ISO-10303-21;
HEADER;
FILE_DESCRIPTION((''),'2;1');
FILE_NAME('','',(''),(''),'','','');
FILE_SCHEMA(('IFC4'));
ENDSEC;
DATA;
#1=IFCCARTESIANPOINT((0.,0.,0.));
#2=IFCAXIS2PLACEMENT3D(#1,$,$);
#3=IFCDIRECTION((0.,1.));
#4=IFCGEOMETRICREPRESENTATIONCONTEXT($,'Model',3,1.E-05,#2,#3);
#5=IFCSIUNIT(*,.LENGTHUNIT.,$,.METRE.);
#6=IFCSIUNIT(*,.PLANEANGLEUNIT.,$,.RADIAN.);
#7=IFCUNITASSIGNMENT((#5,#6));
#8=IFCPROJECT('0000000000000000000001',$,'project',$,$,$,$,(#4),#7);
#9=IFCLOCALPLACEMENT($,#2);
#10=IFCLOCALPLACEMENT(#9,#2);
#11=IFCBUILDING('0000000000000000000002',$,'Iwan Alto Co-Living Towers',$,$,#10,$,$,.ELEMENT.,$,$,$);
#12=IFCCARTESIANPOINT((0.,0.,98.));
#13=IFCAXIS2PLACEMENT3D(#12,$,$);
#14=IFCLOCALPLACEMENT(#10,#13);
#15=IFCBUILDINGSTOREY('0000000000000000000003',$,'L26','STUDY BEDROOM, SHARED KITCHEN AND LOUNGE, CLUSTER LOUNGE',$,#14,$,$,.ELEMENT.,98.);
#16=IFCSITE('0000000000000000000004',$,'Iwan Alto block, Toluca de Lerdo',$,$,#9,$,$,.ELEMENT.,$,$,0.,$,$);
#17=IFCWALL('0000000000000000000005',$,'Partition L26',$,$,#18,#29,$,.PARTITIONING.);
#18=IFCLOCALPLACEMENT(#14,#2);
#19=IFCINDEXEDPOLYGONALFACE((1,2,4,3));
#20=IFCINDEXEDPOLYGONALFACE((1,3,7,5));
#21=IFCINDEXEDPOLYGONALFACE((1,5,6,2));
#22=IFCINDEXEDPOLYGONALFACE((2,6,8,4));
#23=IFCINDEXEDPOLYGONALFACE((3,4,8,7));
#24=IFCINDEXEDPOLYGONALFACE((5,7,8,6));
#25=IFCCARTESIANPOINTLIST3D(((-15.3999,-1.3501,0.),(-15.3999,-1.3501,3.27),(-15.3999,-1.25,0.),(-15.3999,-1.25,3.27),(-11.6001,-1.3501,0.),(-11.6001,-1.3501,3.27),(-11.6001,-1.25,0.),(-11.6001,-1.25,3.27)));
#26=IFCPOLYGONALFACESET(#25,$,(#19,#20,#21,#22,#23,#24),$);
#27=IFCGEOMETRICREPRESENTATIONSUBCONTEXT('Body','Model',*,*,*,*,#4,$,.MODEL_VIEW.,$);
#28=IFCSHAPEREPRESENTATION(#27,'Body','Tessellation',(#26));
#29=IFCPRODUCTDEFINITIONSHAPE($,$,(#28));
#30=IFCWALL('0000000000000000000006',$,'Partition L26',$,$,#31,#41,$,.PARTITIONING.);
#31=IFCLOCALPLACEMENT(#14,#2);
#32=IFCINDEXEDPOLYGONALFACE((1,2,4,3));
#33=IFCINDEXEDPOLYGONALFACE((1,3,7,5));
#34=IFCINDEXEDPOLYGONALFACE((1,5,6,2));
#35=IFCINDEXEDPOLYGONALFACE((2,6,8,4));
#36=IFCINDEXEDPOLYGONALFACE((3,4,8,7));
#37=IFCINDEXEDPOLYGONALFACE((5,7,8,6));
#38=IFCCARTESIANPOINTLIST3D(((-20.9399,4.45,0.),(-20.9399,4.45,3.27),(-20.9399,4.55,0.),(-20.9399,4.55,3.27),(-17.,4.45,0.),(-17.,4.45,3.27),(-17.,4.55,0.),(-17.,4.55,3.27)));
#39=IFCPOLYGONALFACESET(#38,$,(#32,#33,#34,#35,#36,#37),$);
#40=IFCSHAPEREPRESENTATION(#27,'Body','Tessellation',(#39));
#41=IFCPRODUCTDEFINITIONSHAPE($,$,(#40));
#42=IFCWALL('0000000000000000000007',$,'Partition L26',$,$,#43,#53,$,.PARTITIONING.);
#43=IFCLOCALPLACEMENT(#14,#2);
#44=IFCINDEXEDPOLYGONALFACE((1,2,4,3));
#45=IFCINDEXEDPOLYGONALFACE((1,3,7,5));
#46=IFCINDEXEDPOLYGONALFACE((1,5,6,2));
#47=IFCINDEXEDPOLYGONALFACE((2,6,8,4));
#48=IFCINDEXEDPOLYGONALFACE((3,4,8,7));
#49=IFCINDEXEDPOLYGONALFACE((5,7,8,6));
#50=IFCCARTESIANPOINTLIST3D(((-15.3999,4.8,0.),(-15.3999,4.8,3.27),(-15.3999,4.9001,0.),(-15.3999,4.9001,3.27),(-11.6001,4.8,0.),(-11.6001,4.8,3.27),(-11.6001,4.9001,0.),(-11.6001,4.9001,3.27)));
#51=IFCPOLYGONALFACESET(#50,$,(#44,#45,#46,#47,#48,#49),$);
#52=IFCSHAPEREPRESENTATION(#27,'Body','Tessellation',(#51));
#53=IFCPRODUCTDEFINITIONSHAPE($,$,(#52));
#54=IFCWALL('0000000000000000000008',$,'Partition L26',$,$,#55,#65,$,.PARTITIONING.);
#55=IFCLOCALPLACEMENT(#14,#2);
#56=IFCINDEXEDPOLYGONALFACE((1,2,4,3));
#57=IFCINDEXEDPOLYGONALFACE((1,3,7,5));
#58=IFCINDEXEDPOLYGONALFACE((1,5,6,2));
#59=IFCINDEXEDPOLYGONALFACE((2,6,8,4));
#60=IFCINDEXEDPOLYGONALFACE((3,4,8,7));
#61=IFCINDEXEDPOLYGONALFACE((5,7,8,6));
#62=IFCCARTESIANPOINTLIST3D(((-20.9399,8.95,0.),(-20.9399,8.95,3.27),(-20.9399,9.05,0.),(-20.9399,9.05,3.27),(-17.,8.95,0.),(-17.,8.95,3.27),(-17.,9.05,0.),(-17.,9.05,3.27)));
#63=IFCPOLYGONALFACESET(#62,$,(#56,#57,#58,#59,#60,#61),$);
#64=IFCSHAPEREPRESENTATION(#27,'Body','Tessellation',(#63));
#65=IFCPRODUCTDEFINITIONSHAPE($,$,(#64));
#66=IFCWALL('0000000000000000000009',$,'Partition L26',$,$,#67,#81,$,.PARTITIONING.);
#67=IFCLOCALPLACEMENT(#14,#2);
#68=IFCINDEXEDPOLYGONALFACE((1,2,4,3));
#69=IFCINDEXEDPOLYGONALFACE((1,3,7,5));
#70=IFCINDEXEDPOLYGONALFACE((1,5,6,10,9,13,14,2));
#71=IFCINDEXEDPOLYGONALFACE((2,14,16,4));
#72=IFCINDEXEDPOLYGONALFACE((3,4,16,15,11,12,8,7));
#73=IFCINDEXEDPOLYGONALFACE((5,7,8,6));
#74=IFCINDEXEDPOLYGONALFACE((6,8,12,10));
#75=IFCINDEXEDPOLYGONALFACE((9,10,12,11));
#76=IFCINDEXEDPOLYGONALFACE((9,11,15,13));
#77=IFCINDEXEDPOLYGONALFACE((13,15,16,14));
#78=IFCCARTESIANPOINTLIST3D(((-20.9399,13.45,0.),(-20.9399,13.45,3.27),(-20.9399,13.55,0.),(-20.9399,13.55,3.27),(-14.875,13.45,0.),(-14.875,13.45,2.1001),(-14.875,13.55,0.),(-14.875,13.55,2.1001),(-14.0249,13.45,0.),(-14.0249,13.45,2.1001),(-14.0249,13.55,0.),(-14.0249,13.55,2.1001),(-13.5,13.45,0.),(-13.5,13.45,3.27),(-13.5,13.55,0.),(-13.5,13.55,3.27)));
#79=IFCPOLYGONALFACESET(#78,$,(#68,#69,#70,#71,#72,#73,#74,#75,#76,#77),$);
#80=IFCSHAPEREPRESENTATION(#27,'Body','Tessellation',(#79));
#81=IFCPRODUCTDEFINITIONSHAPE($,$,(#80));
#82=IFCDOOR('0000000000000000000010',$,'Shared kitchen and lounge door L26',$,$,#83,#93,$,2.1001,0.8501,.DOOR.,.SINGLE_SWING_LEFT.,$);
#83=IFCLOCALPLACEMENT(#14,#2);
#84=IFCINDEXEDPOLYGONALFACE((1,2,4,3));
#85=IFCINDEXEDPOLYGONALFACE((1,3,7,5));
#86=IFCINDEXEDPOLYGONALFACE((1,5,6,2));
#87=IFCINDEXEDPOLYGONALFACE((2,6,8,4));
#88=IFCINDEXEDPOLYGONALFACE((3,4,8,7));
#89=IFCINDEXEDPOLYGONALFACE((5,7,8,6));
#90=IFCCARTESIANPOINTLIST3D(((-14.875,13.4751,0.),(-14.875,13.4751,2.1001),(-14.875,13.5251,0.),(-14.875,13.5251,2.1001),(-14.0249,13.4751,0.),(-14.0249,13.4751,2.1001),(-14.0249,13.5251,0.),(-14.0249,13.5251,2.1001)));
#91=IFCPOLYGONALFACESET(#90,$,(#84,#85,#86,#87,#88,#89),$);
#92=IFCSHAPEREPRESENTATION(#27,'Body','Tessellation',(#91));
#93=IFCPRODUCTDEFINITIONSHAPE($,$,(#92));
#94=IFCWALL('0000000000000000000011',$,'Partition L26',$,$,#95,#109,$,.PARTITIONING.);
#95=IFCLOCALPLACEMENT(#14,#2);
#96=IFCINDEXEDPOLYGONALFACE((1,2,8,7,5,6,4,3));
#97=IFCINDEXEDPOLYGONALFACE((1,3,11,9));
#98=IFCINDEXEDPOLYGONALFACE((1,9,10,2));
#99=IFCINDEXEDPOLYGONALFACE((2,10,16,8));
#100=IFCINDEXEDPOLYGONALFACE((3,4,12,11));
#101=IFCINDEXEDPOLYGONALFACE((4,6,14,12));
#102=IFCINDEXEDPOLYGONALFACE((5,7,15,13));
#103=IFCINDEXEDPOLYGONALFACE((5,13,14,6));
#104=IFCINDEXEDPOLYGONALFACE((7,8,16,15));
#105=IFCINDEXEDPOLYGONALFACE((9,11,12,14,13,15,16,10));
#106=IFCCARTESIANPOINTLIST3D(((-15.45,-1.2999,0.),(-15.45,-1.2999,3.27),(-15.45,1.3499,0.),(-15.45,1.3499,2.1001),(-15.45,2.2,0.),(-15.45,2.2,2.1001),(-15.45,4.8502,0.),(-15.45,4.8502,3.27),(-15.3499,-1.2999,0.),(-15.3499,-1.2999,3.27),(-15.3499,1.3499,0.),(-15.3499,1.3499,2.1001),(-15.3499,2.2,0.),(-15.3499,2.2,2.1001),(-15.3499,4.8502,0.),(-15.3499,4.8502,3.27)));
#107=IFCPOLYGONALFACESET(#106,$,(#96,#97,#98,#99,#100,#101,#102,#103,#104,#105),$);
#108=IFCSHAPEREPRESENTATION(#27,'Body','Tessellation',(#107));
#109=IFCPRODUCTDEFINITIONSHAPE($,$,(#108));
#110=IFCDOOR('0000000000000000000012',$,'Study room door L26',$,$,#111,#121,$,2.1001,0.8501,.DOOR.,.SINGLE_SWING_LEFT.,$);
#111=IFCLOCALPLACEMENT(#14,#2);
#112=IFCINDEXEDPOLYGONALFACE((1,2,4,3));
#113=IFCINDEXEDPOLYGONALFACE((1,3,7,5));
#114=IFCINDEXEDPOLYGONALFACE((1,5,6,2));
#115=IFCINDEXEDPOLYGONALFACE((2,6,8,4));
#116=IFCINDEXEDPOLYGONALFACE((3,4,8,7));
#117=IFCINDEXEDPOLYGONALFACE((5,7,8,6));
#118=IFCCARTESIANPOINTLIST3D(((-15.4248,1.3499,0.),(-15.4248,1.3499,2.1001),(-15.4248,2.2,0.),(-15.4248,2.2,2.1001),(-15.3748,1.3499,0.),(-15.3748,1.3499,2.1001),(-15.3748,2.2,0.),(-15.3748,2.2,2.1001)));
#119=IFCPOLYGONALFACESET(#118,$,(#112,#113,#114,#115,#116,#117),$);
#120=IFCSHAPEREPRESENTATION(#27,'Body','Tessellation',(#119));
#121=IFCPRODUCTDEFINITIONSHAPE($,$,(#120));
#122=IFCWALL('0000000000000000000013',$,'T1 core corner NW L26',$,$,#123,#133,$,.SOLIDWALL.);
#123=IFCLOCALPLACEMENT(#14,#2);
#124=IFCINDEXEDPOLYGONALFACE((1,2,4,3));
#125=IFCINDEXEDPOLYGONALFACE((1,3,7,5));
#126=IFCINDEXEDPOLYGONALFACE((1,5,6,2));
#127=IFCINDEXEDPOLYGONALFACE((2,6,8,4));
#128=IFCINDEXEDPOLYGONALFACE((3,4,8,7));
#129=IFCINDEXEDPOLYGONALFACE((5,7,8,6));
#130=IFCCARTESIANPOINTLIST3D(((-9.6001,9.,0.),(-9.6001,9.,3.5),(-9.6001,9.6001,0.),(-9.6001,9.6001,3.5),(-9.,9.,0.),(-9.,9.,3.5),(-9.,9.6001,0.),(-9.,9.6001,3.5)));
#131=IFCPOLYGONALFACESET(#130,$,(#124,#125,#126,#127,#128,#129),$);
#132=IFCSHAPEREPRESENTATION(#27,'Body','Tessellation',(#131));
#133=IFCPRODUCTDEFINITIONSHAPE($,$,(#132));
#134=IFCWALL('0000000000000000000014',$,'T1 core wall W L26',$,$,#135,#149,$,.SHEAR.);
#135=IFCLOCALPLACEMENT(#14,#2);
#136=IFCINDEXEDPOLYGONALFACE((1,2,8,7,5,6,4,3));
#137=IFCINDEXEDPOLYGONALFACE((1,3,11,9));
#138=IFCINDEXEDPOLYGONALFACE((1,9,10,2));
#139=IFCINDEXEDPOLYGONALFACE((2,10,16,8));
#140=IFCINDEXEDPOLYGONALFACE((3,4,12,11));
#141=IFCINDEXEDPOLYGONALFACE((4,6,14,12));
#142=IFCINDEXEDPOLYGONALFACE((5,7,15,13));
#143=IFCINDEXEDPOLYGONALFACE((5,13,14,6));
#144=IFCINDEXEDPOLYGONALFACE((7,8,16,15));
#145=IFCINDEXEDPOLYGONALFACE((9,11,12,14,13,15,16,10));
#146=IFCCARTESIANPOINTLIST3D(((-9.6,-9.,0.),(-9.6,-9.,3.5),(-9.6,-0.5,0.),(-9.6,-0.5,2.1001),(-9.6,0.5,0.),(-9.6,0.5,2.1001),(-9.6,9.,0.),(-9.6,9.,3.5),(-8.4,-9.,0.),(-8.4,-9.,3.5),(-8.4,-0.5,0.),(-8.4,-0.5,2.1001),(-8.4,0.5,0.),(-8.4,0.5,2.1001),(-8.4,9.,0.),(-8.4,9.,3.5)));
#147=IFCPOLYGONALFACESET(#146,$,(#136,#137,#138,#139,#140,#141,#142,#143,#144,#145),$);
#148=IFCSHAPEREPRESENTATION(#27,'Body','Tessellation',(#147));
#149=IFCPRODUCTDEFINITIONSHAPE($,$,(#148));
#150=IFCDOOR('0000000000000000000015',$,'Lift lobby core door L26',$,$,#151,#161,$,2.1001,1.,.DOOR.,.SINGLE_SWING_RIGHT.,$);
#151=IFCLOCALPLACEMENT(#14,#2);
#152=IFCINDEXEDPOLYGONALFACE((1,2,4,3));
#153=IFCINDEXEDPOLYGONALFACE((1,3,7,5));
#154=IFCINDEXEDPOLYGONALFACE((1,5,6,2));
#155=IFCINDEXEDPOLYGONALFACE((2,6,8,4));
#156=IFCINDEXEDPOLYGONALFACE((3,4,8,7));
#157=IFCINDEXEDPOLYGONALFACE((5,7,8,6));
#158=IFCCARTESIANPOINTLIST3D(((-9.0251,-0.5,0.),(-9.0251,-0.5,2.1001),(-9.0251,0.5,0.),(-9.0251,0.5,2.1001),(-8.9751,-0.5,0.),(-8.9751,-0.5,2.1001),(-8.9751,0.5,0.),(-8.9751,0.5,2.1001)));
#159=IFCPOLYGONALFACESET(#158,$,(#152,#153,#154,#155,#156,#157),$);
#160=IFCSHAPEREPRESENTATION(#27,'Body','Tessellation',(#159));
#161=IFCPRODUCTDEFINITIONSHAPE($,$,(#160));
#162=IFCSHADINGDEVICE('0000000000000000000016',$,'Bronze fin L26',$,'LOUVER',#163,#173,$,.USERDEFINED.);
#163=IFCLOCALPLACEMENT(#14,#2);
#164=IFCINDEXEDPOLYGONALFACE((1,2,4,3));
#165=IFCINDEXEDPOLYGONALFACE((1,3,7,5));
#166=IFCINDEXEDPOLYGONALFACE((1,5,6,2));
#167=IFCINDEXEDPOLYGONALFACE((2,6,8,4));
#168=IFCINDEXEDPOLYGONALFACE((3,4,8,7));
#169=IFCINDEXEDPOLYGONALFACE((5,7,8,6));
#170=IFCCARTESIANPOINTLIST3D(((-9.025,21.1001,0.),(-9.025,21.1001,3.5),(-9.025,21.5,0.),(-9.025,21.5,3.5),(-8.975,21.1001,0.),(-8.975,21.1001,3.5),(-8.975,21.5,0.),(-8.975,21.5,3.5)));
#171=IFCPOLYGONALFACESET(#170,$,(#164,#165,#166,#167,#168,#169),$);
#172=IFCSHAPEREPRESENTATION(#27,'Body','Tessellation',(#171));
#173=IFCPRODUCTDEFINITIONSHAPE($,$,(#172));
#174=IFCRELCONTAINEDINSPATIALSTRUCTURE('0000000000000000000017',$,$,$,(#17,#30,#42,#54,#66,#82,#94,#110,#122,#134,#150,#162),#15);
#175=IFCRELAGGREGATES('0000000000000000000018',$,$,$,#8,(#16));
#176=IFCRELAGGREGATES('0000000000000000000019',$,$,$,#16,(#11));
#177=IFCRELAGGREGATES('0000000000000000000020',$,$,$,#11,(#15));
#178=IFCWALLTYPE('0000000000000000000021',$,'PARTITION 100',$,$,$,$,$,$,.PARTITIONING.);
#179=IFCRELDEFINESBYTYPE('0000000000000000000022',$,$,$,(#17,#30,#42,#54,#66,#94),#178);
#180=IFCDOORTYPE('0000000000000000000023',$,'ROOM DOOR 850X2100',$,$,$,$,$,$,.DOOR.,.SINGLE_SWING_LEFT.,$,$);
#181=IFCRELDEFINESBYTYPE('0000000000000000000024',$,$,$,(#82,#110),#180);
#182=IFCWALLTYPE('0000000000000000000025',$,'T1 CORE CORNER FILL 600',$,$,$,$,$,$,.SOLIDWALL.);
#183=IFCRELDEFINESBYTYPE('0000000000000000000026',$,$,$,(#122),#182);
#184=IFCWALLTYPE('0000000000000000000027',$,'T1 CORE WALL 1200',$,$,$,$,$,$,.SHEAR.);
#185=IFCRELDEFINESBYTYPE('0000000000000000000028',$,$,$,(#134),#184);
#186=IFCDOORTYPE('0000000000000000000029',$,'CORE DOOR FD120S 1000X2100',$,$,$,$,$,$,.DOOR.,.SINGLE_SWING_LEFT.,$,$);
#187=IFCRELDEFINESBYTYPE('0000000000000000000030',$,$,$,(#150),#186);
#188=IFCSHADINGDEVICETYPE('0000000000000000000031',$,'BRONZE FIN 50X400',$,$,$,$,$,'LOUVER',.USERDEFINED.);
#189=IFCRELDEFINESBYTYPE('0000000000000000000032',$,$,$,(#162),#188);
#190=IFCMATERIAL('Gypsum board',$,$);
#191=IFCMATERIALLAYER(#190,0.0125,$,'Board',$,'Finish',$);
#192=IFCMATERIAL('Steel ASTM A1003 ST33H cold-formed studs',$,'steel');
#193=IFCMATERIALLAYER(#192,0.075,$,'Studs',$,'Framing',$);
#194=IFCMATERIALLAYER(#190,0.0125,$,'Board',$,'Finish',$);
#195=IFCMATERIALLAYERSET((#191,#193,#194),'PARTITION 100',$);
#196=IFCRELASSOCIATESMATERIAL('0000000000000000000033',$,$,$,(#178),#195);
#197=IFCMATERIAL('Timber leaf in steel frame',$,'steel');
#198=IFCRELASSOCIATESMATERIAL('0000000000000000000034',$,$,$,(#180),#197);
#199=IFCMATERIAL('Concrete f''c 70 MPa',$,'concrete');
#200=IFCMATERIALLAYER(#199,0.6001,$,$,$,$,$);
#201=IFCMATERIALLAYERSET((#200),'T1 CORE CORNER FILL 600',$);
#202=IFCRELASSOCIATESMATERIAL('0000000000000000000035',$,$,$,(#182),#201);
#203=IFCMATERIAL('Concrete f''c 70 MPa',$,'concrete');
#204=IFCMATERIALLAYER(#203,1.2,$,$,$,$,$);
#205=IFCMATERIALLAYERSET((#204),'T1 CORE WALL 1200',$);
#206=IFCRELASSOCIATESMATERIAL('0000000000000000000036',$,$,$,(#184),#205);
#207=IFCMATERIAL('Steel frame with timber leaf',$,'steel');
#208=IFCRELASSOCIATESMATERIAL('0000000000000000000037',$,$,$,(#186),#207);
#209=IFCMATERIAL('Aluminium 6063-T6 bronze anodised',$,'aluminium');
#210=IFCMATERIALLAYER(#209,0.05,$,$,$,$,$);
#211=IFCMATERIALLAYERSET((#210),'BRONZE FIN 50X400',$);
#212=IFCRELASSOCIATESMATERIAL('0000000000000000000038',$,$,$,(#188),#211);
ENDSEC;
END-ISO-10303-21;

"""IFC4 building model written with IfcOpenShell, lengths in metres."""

from ifc_helpers import new_model, si_unit, direction, frame, frame_2d, origin, origin_2d, place, context, subcontext, project, spatial, rectangle, extrude, material, layer, layer_set, type_object, element, fill, save


model = new_model("IFC4")

# Units and contexts
model_context = context("Model", 3, precision=1e-05, world=origin(), true_north=direction((0.0, 1.0)))
body_context = subcontext(model_context, "Body", "Model", "MODEL_VIEW")
ifc_project = project(units=[si_unit("LENGTHUNIT", "METRE"), si_unit("PLANEANGLEUNIT", "RADIAN")], contexts=[model_context])

# Site, building, storey
site_placement = place(None, origin())
site = spatial("IfcSite", under=ifc_project, at=site_placement, Name="Iwan Alto block, Toluca de Lerdo", CompositionType="ELEMENT", RefElevation=0.0)
building_placement = place(site_placement, origin())
building = spatial("IfcBuilding", under=site, at=building_placement, Name="Iwan Alto Co-Living Towers", CompositionType="ELEMENT")
storey_placement = place(building_placement, frame((0.0, 0.0, 98.0)))
storey = spatial("IfcBuildingStorey", under=building, at=storey_placement, Name="L26", Description="STUDY BEDROOM, SHARED KITCHEN AND LOUNGE, CLUSTER LOUNGE", CompositionType="ELEMENT", Elevation=98.0)

# Walls
ifc_material_1 = material(Name="Gypsum board")
ifc_material_2 = material(Name="Steel ASTM A1003 ST33H cold-formed studs", Category="steel")
ifc_layer_1 = layer(ifc_material_1, 0.0125, Name="Board", Category="Finish")
ifc_layer_2 = layer(ifc_material_2, 0.075, Name="Studs", Category="Framing")
ifc_layer_3 = layer(ifc_material_1, 0.0125, Name="Board", Category="Finish")
ifc_layer_set_1 = layer_set([ifc_layer_1, ifc_layer_2, ifc_layer_3], Name="PARTITION 100")
wall_type_1 = type_object("IfcWallType", Name="PARTITION 100", PredefinedType="PARTITIONING", material=ifc_layer_set_1)
wall_1_placement = place(storey_placement, frame((-15.3999, -1.3, 0.0), z_axis=(0.0, 0.0, 1.0), x_axis=(1.0, 0.0, 0.0)))
element("IfcWall", 1, at=wall_1_placement, inside=storey, type_object=wall_type_1, Name="Partition L26", PredefinedType="PARTITIONING", context=body_context, shape_type="SweptSolid", body=[
    extrude(rectangle(XDim=3.7998, YDim=0.1001, at=frame_2d((1.8999, 0.0))), origin(), (0.0, 0.0, 1.0), 3.27),
])
wall_2_placement = place(storey_placement, frame((-20.9399, 4.5, 0.0), z_axis=(0.0, 0.0, 1.0), x_axis=(1.0, 0.0, 0.0)))
element("IfcWall", 2, at=wall_2_placement, inside=storey, type_object=wall_type_1, Name="Partition L26", PredefinedType="PARTITIONING", context=body_context, shape_type="SweptSolid", body=[
    extrude(rectangle(XDim=3.9399, YDim=0.1001, at=frame_2d((1.97, 0.0))), origin(), (0.0, 0.0, 1.0), 3.27),
])
wall_3_placement = place(storey_placement, frame((-15.3999, 4.8501, 0.0), z_axis=(0.0, 0.0, 1.0), x_axis=(1.0, 0.0, 0.0)))
element("IfcWall", 3, at=wall_3_placement, inside=storey, type_object=wall_type_1, Name="Partition L26", PredefinedType="PARTITIONING", context=body_context, shape_type="SweptSolid", body=[
    extrude(rectangle(XDim=3.7998, YDim=0.1001, at=frame_2d((1.8999, 0.0))), origin(), (0.0, 0.0, 1.0), 3.27),
])
wall_4_placement = place(storey_placement, frame((-20.9399, 9.0, 0.0), z_axis=(0.0, 0.0, 1.0), x_axis=(1.0, 0.0, 0.0)))
element("IfcWall", 4, at=wall_4_placement, inside=storey, type_object=wall_type_1, Name="Partition L26", PredefinedType="PARTITIONING", context=body_context, shape_type="SweptSolid", body=[
    extrude(rectangle(XDim=3.9399, YDim=0.1001, at=frame_2d((1.97, 0.0))), origin(), (0.0, 0.0, 1.0), 3.27),
])

# Walls, openings, doors
wall_5_placement = place(storey_placement, frame((-20.9399, 13.5, 0.0), z_axis=(0.0, 0.0, 1.0), x_axis=(1.0, 0.0, 0.0)))
wall_5 = element("IfcWall", 5, at=wall_5_placement, inside=storey, type_object=wall_type_1, Name="Partition L26", PredefinedType="PARTITIONING", context=body_context, shape_type="SweptSolid", body=[
    extrude(rectangle(XDim=7.4399, YDim=0.1001, at=frame_2d((3.72, 0.0))), origin(), (0.0, 0.0, 1.0), 3.27),
])
opening_1_placement = place(wall_5_placement, frame((6.0649, 0.0, 0.0)))
opening_1 = element("IfcOpeningElement", 6, at=opening_1_placement, cuts=wall_5, PredefinedType="OPENING", context=body_context, shape_type="SweptSolid", body=[
    extrude(rectangle(XDim=0.8501, YDim=2.1001, at=frame_2d((0.425, 1.05))), frame((0.0, 0.0601, 0.0), z_axis=(0.0, -1.0, 0.0), x_axis=(1.0, 0.0, 0.0)), (0.0, 0.0, 1.0), 0.1201),
])
ifc_material_3 = material(Name="Timber leaf in steel frame", Category="steel")
door_type_1 = type_object("IfcDoorType", Name="ROOM DOOR 850X2100", OperationType="SINGLE_SWING_LEFT", PredefinedType="DOOR", material=ifc_material_3)
door_1_placement = place(opening_1_placement, frame((0.8501, 0.0, 0.0), z_axis=(0.0, 0.0, 1.0), x_axis=(-1.0, 0.0, 0.0)))
door_1 = element("IfcDoor", 7, at=door_1_placement, inside=storey, type_object=door_type_1, Name="Shared kitchen and lounge door L26", OperationType="SINGLE_SWING_LEFT", OverallHeight=2.1001, OverallWidth=0.8501, PredefinedType="DOOR", context=body_context, shape_type="SweptSolid", body=[
    extrude(rectangle(XDim=0.8501, YDim=2.1001, at=frame_2d((0.425, 1.05))), frame((0.0, 0.0249, 0.0), z_axis=(0.0, -1.0, 0.0), x_axis=(1.0, 0.0, 0.0)), (0.0, 0.0, 1.0), 0.05),
])
fill(opening_1, door_1)
wall_6_placement = place(storey_placement, frame((-15.3999, -1.3, 0.0), z_axis=(0.0, 0.0, 1.0), x_axis=(0.0, 1.0, 0.0)))
wall_6 = element("IfcWall", 8, at=wall_6_placement, inside=storey, type_object=wall_type_1, Name="Partition L26", PredefinedType="PARTITIONING", context=body_context, shape_type="SweptSolid", body=[
    extrude(rectangle(XDim=6.1501, YDim=0.1001, at=frame_2d((3.0752, 0.0))), origin(), (0.0, 0.0, 1.0), 3.27),
])
opening_2_placement = place(wall_6_placement, frame((2.6499, 0.0, 0.0)))
opening_2 = element("IfcOpeningElement", 9, at=opening_2_placement, cuts=wall_6, PredefinedType="OPENING", context=body_context, shape_type="SweptSolid", body=[
    extrude(rectangle(XDim=0.8501, YDim=2.1001, at=frame_2d((0.425, 1.05))), frame((0.0, 0.0601, 0.0), z_axis=(0.0, -1.0, 0.0), x_axis=(1.0, 0.0, 0.0)), (0.0, 0.0, 1.0), 0.1201),
])
door_2_placement = place(opening_2_placement, origin())
door_2 = element("IfcDoor", 10, at=door_2_placement, inside=storey, type_object=door_type_1, Name="Study room door L26", OperationType="SINGLE_SWING_LEFT", OverallHeight=2.1001, OverallWidth=0.8501, PredefinedType="DOOR", context=body_context, shape_type="SweptSolid", body=[
    extrude(rectangle(XDim=0.8501, YDim=2.1001, at=frame_2d((0.425, 1.05))), frame((0.0, 0.0249, 0.0), z_axis=(0.0, -1.0, 0.0), x_axis=(1.0, 0.0, 0.0)), (0.0, 0.0, 1.0), 0.05),
])
fill(opening_2, door_2)

# Wall
ifc_material_4 = material(Name="Concrete f'c 70 MPa", Category="concrete")
ifc_layer_4 = layer(ifc_material_4, 0.6001)
ifc_layer_set_2 = layer_set([ifc_layer_4], Name="T1 CORE CORNER FILL 600")
wall_type_2 = type_object("IfcWallType", Name="T1 CORE CORNER FILL 600", PredefinedType="SOLIDWALL", material=ifc_layer_set_2)
wall_7_placement = place(storey_placement, frame((-9.6001, 9.3, 0.0), z_axis=(0.0, 0.0, 1.0), x_axis=(1.0, 0.0, 0.0)))
element("IfcWall", 11, at=wall_7_placement, inside=storey, type_object=wall_type_2, Name="T1 core corner NW L26", PredefinedType="SOLIDWALL", context=body_context, shape_type="SweptSolid", body=[
    extrude(rectangle(XDim=0.6001, YDim=0.6001, at=frame_2d((0.3, 0.0))), origin(), (0.0, 0.0, 1.0), 3.5),
])

# Wall, opening, door
ifc_material_5 = material(Name="Concrete f'c 70 MPa", Category="concrete")
ifc_layer_5 = layer(ifc_material_5, 1.2)
ifc_layer_set_3 = layer_set([ifc_layer_5], Name="T1 CORE WALL 1200")
wall_type_3 = type_object("IfcWallType", Name="T1 CORE WALL 1200", PredefinedType="SHEAR", material=ifc_layer_set_3)
wall_8_placement = place(storey_placement, frame((-9.0, 9.0, 0.0), z_axis=(0.0, 0.0, 1.0), x_axis=(0.0, -1.0, 0.0)))
wall_8 = element("IfcWall", 12, at=wall_8_placement, inside=storey, type_object=wall_type_3, Name="T1 core wall W L26", PredefinedType="SHEAR", context=body_context, shape_type="SweptSolid", body=[
    extrude(rectangle(XDim=18.0, YDim=1.2, at=frame_2d((9.0, 0.0))), origin(), (0.0, 0.0, 1.0), 3.5),
])
opening_3_placement = place(wall_8_placement, frame((8.5, 0.0, 0.0)))
opening_3 = element("IfcOpeningElement", 13, at=opening_3_placement, cuts=wall_8, PredefinedType="OPENING", context=body_context, shape_type="SweptSolid", body=[
    extrude(rectangle(XDim=1.0, YDim=2.1001, at=frame_2d((0.5, 1.05))), frame((0.0, 0.6099, 0.0), z_axis=(0.0, -1.0, 0.0), x_axis=(1.0, 0.0, 0.0)), (0.0, 0.0, 1.0), 1.22),
])
ifc_material_6 = material(Name="Steel frame with timber leaf", Category="steel")
door_type_2 = type_object("IfcDoorType", Name="CORE DOOR FD120S 1000X2100", OperationType="SINGLE_SWING_LEFT", PredefinedType="DOOR", material=ifc_material_6)
door_3_placement = place(opening_3_placement, origin())
door_3 = element("IfcDoor", 14, at=door_3_placement, inside=storey, type_object=door_type_2, Name="Lift lobby core door L26", OperationType="SINGLE_SWING_RIGHT", OverallHeight=2.1001, OverallWidth=1.0, PredefinedType="DOOR", context=body_context, shape_type="SweptSolid", body=[
    extrude(rectangle(XDim=1.0, YDim=2.1001, at=frame_2d((0.5, 1.05))), frame((0.0, 0.0249, 0.0), z_axis=(0.0, -1.0, 0.0), x_axis=(1.0, 0.0, 0.0)), (0.0, 0.0, 1.0), 0.05),
])
fill(opening_3, door_3)

# Shading device
ifc_material_7 = material(Name="Aluminium 6063-T6 bronze anodised", Category="aluminium")
ifc_layer_6 = layer(ifc_material_7, 0.05)
ifc_layer_set_4 = layer_set([ifc_layer_6], Name="BRONZE FIN 50X400")
shading_device_type = type_object("IfcShadingDeviceType", Name="BRONZE FIN 50X400", ElementType="LOUVER", PredefinedType="USERDEFINED", material=ifc_layer_set_4)
shading_device_placement = place(storey_placement, frame((-9.0, 21.3, 0.0), z_axis=(0.0, 0.0, 1.0), x_axis=(-1.0, 0.0, 0.0)))
element("IfcShadingDevice", 15, at=shading_device_placement, inside=storey, type_object=shading_device_type, Name="Bronze fin L26", ObjectType="LOUVER", PredefinedType="USERDEFINED", context=body_context, shape_type="SweptSolid", body=[
    extrude(rectangle(XDim=0.05, YDim=0.3999, at=origin_2d()), origin(), (0.0, 0.0, 1.0), 3.5),
])

save(model, "model.ifc")
